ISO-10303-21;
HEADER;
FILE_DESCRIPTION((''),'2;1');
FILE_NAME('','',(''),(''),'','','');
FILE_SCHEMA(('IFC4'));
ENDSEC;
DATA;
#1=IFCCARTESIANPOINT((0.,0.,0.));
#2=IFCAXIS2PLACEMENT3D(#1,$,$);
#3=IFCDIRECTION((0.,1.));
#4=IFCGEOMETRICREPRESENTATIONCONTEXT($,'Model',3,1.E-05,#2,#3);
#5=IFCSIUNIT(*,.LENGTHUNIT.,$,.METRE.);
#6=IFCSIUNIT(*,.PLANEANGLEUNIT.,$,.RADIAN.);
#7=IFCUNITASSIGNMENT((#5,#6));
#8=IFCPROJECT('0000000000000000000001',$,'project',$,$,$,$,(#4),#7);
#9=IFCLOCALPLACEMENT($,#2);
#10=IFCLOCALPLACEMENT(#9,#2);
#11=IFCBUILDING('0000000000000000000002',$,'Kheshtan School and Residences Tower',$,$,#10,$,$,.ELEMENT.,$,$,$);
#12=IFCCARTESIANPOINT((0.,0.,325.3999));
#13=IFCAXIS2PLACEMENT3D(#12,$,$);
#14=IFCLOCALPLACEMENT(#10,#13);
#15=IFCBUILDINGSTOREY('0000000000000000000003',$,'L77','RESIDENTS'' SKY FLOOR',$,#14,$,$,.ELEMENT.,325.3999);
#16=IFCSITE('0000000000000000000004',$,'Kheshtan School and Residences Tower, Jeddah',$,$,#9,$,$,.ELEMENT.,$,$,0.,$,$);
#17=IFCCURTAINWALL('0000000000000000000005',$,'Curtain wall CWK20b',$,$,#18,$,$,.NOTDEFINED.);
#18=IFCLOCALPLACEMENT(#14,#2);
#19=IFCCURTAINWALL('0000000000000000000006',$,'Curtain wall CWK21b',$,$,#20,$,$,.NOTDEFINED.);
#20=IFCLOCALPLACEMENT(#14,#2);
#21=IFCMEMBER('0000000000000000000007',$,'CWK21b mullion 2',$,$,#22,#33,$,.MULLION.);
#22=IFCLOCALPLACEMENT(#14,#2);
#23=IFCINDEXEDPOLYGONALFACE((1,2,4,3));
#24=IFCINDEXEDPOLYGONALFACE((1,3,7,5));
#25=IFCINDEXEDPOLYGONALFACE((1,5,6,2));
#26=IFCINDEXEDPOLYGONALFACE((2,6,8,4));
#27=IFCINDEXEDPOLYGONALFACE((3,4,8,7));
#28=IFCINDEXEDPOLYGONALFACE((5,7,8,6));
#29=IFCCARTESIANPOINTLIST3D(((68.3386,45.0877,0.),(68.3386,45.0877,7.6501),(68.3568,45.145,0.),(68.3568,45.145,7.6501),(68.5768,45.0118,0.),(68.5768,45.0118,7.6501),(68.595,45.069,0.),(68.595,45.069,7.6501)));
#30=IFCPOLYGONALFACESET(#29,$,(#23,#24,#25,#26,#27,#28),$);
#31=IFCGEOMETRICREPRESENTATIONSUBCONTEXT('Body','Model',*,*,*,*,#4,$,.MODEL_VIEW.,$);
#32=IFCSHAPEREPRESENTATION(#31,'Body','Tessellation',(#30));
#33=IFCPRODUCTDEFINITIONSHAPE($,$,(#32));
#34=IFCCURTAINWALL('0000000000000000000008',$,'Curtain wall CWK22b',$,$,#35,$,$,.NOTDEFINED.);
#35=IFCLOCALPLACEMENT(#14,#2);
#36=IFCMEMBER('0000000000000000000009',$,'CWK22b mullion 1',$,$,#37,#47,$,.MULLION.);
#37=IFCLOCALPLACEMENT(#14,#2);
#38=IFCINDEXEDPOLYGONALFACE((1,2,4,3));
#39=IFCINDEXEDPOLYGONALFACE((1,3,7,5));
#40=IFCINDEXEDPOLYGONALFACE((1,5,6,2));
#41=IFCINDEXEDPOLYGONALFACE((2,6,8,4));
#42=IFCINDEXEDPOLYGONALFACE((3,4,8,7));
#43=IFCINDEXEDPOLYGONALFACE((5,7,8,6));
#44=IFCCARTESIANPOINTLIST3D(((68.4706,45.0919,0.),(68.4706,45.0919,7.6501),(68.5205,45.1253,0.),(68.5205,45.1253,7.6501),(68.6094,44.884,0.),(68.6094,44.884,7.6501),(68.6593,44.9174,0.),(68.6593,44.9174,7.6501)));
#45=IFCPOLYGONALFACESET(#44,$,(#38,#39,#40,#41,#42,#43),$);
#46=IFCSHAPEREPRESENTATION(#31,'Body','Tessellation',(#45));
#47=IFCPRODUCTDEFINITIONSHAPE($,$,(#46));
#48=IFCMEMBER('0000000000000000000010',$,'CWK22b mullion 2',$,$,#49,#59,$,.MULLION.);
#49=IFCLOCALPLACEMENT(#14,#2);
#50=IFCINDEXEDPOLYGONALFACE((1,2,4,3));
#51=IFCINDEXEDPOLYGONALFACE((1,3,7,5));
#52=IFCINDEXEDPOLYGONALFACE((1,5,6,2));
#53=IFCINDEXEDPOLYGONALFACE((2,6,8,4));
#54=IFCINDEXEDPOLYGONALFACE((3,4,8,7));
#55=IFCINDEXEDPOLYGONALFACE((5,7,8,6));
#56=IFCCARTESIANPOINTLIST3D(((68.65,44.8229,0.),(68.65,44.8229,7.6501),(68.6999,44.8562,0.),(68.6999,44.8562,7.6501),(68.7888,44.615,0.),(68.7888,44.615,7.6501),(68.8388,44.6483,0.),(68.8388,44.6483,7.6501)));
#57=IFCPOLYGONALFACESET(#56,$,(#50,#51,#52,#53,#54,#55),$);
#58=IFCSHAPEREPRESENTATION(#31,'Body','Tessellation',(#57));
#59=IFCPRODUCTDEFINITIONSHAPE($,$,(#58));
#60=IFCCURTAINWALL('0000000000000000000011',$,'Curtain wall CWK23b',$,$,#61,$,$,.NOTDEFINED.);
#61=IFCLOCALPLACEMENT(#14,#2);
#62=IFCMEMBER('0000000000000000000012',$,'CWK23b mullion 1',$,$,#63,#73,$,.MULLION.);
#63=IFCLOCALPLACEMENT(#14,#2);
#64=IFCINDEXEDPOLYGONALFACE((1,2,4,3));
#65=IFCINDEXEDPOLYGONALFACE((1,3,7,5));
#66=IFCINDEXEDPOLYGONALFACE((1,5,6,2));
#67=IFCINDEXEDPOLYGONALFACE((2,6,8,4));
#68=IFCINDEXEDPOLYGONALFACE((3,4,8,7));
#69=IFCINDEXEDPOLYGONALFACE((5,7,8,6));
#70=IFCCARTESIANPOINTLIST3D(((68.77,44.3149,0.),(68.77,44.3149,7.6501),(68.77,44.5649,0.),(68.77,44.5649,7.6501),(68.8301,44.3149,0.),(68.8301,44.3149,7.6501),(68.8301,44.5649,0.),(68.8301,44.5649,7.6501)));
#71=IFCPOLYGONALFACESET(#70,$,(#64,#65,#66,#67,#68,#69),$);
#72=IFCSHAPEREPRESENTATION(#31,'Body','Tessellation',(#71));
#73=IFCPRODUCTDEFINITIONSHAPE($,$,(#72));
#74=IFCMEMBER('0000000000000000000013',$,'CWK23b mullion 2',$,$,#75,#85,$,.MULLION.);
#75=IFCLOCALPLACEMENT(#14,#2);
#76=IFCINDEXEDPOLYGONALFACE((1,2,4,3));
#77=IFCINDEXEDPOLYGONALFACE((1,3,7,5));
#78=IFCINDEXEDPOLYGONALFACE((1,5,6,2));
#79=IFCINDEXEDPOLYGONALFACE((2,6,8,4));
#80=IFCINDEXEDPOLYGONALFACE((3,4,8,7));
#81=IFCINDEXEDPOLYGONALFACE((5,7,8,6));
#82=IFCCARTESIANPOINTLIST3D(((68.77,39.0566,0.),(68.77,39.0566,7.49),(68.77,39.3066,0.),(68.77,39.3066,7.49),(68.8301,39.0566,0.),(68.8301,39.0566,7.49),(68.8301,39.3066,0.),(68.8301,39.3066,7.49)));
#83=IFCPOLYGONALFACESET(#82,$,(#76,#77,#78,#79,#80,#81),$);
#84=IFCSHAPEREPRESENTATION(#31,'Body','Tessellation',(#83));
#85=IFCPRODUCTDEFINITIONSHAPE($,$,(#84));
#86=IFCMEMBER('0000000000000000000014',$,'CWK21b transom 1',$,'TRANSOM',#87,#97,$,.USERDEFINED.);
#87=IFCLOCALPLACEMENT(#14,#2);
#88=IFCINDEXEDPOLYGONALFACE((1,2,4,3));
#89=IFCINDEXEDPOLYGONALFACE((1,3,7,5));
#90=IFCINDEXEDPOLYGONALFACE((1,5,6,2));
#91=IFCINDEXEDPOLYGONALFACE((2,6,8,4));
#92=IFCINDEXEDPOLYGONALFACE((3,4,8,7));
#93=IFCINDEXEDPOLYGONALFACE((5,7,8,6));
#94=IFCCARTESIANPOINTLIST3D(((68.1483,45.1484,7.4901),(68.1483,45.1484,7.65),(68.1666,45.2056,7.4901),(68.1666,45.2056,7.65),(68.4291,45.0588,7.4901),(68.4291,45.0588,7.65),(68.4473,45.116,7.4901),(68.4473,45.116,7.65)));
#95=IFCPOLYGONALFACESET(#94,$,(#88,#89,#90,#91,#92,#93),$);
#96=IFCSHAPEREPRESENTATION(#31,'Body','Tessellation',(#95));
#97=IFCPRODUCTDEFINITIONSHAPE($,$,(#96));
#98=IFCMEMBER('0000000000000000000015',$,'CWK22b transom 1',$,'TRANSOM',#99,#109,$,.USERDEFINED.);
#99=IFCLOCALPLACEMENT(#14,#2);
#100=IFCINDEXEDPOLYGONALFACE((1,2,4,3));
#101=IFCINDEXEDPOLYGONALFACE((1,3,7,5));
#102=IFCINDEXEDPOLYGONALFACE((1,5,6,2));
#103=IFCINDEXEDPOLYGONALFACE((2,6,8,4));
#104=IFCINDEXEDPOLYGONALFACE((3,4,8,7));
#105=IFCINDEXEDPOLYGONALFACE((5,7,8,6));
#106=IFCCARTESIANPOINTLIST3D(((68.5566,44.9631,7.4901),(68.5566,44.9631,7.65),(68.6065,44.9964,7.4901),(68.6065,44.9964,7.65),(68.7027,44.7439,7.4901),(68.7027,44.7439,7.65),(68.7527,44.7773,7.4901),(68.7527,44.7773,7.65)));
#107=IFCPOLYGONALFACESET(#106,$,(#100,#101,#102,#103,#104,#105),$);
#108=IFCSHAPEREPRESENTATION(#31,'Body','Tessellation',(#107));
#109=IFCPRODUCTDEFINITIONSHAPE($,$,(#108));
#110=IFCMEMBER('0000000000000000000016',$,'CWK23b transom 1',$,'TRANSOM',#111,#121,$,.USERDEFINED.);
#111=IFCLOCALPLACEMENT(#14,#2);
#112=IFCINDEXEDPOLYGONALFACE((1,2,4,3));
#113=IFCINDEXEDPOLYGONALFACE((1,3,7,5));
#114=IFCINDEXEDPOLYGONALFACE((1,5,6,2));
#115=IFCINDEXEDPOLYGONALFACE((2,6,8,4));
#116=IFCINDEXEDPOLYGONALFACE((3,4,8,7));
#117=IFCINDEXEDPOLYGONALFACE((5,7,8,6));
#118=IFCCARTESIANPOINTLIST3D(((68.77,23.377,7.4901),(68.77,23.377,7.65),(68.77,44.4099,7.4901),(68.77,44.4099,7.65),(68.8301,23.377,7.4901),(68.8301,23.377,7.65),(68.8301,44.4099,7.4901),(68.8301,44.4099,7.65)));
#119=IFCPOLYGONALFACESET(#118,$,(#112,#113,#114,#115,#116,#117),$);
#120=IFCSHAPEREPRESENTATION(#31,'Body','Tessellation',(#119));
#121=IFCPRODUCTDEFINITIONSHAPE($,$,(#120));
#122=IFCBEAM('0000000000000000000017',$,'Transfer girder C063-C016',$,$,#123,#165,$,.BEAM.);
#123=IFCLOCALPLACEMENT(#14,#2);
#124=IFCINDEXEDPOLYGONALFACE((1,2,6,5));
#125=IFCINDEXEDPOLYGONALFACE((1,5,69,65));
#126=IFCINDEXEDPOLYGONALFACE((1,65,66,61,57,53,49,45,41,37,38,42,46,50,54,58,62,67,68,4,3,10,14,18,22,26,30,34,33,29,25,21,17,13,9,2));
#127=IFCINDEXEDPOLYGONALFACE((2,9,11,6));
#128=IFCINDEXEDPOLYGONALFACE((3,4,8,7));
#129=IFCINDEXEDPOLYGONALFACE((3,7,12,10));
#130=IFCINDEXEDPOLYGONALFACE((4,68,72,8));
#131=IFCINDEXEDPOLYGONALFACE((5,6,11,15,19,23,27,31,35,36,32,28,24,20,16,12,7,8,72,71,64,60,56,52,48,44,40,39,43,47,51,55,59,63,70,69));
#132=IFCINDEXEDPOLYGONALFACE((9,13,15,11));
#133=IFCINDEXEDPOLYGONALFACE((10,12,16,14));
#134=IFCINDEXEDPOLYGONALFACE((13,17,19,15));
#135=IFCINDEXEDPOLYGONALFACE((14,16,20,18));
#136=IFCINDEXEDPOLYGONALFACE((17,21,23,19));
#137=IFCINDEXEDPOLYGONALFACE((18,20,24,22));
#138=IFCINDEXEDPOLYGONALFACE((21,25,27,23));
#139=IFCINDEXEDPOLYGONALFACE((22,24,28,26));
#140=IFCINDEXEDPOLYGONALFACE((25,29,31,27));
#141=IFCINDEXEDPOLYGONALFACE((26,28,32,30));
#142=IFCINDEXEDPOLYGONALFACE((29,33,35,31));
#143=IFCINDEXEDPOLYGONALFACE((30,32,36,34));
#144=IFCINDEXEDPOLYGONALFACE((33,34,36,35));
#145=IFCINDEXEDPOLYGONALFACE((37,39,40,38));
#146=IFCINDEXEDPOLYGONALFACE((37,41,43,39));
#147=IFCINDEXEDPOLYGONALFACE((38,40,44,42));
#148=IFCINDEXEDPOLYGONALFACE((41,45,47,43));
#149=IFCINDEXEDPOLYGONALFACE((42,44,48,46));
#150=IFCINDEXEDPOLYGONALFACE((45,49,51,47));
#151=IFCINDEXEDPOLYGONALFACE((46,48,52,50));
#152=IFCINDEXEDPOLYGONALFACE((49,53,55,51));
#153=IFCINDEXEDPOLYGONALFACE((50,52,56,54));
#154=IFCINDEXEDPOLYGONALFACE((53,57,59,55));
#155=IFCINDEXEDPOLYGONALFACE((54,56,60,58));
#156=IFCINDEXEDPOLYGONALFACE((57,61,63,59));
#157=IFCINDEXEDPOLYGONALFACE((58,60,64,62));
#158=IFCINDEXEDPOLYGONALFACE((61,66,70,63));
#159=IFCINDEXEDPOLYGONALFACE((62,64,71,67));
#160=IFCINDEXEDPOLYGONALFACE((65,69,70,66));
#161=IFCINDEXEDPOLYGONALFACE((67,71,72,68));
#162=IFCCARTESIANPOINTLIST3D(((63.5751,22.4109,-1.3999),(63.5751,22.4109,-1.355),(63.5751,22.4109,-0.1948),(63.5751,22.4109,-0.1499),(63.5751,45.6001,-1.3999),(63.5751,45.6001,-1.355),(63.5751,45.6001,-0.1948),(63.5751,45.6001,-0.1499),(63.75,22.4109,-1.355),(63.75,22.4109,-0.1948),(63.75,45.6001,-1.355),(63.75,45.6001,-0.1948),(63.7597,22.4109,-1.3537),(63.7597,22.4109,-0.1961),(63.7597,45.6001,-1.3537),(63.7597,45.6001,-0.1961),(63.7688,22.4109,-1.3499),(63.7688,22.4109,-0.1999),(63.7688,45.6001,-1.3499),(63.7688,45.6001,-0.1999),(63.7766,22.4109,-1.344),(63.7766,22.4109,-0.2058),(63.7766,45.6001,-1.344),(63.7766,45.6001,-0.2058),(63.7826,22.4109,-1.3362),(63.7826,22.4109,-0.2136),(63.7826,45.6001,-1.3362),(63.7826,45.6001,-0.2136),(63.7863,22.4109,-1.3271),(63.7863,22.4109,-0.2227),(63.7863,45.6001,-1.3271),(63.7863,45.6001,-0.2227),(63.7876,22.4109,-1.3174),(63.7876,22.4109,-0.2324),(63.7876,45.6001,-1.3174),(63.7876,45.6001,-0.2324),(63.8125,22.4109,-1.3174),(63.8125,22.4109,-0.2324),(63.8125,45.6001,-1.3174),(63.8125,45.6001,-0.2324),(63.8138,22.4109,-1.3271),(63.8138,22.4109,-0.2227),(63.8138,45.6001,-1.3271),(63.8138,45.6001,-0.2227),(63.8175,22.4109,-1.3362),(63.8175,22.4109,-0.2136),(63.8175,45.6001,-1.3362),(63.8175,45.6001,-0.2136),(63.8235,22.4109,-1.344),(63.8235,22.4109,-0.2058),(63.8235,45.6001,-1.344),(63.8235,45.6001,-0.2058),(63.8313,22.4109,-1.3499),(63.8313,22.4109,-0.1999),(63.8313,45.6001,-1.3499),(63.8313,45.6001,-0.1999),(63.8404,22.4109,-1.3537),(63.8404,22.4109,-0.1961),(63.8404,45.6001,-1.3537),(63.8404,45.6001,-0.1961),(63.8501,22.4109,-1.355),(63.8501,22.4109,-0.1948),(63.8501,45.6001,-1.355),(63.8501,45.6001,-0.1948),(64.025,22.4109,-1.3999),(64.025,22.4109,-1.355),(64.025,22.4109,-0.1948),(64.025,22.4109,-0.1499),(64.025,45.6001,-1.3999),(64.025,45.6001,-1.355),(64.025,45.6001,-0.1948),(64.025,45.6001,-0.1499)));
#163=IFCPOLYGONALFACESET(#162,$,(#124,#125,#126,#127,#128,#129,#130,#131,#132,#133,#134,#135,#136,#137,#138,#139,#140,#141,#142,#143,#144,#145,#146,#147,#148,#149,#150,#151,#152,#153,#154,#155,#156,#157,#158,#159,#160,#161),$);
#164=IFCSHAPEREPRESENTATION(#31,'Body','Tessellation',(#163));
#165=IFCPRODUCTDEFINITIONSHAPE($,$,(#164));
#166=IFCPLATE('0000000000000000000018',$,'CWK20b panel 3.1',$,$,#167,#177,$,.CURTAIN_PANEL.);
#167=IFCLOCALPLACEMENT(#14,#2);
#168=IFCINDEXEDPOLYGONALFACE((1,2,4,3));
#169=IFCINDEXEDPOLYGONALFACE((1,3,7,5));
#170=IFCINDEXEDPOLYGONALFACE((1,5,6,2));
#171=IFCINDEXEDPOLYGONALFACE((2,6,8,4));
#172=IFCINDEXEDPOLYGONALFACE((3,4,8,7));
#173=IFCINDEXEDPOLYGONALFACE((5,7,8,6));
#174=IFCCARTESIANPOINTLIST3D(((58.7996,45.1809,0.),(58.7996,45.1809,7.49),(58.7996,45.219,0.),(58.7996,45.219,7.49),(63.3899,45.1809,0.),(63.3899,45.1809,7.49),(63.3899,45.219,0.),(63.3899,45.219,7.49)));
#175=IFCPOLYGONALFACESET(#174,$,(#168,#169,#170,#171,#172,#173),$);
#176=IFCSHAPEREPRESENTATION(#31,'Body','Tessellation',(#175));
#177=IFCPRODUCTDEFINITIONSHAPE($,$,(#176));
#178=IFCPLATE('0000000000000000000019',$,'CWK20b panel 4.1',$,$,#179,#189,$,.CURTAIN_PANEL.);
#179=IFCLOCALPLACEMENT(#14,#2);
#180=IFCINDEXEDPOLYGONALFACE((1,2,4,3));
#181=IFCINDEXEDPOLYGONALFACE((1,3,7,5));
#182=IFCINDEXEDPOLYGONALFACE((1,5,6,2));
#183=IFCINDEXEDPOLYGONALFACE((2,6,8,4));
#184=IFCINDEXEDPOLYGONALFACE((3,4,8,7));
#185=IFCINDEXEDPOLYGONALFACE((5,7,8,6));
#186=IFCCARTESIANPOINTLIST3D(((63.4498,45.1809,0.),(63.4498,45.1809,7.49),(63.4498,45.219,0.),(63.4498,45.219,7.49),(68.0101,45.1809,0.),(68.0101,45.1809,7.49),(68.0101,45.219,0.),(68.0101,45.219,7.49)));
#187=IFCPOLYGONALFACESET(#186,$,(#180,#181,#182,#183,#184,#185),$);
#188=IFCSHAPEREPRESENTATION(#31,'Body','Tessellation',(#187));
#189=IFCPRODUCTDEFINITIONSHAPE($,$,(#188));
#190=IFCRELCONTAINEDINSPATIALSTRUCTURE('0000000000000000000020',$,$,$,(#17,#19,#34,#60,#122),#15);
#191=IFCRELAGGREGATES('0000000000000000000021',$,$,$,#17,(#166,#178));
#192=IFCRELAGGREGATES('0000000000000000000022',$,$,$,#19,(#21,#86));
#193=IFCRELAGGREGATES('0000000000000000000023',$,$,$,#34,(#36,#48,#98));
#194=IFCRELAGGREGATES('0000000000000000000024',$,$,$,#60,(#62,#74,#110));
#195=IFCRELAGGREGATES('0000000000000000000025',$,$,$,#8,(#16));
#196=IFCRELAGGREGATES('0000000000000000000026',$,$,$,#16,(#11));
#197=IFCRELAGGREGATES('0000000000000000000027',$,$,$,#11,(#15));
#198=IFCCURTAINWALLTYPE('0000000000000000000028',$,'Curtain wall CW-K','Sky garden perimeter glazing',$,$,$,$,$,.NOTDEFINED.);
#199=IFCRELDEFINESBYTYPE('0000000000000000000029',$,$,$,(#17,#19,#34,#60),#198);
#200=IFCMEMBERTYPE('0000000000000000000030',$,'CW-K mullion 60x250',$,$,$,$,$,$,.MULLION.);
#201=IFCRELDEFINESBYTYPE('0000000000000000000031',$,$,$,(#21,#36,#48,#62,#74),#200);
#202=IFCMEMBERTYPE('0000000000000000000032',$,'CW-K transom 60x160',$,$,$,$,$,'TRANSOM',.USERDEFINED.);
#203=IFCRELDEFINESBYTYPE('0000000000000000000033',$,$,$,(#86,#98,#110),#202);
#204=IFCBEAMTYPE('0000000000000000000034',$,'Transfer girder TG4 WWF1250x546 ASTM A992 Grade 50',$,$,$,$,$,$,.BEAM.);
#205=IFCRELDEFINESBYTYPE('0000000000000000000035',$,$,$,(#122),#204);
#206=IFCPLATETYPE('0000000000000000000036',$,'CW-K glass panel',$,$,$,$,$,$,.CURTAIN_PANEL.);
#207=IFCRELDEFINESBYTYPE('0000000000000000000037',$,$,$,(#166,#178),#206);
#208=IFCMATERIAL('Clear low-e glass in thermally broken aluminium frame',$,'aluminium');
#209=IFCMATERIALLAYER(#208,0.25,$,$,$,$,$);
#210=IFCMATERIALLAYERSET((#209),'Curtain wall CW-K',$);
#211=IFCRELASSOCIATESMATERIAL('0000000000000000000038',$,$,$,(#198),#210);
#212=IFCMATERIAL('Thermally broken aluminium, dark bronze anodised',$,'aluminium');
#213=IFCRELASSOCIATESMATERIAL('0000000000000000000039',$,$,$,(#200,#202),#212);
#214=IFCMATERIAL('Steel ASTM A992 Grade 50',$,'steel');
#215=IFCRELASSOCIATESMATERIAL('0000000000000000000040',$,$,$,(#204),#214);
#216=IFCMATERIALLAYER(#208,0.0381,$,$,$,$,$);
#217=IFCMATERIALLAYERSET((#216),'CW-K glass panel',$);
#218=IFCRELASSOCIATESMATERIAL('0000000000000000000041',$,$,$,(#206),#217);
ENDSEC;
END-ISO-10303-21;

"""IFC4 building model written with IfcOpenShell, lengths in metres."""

from ifc_helpers import new_model, si_unit, direction, frame, origin, origin_2d, place, context, subcontext, project, spatial, rectangle, i_section, extrude, material, layer, layer_set, material_profile, profile_set, type_object, element, aggregate, save


model = new_model("IFC4")

# Units and contexts
model_context = context("Model", 3, precision=1e-05, world=origin(), true_north=direction((0.0, 1.0)))
body_context = subcontext(model_context, "Body", "Model", "MODEL_VIEW")
ifc_project = project(units=[si_unit("LENGTHUNIT", "METRE"), si_unit("PLANEANGLEUNIT", "RADIAN")], contexts=[model_context])

# Site, building, storey
site_placement = place(None, origin())
site = spatial("IfcSite", under=ifc_project, at=site_placement, Name="Kheshtan School and Residences Tower, Jeddah", CompositionType="ELEMENT", RefElevation=0.0)
building_placement = place(site_placement, origin())
building = spatial("IfcBuilding", under=site, at=building_placement, Name="Kheshtan School and Residences Tower", CompositionType="ELEMENT")
storey_placement = place(building_placement, frame((0.0, 0.0, 325.3999)))
storey = spatial("IfcBuildingStorey", under=building, at=storey_placement, Name="L77", Description="RESIDENTS' SKY FLOOR", CompositionType="ELEMENT", Elevation=325.3999)

# Shared definitions
ifc_material_1 = material(Name="Steel ASTM A992 Grade 50", Category="steel")

# Curtain walls, members
ifc_material_2 = material(Name="Clear low-e glass in thermally broken aluminium frame", Category="aluminium")
ifc_layer_1 = layer(ifc_material_2, 0.25)
ifc_layer_set_1 = layer_set([ifc_layer_1], Name="Curtain wall CW-K")
curtain_wall_type = type_object("IfcCurtainWallType", Name="Curtain wall CW-K", Description="Sky garden perimeter glazing", PredefinedType="NOTDEFINED", material=ifc_layer_set_1)
curtain_wall_1_placement = place(storey_placement, origin())
curtain_wall_1 = element("IfcCurtainWall", 1, at=curtain_wall_1_placement, inside=storey, type_object=curtain_wall_type, Name="Curtain wall CWK20b", PredefinedType="NOTDEFINED")
ifc_material_3 = material(Name="Thermally broken aluminium, dark bronze anodised", Category="aluminium")
ifc_material_profile_1 = material_profile(ifc_material_3, rectangle(XDim=0.0601, YDim=0.25, at=origin_2d()), Name="CW-K mullion 60x250")
ifc_profile_set_1 = profile_set([ifc_material_profile_1], Name="Thermally broken aluminium, dark bronze anodised")
member_type_1 = type_object("IfcMemberType", Name="CW-K mullion 60x250", PredefinedType="MULLION", material=ifc_profile_set_1)
curtain_wall_2_placement = place(storey_placement, origin())
curtain_wall_2 = element("IfcCurtainWall", 2, at=curtain_wall_2_placement, inside=storey, type_object=curtain_wall_type, Name="Curtain wall CWK21b", PredefinedType="NOTDEFINED")
member_1_placement = place(storey_placement, frame((68.4668, 45.0784, 0.0), z_axis=(0.0, 0.0, 1.0), x_axis=(0.3039, 0.952704, 0.0)))
member_1 = element("IfcMember", 3, at=member_1_placement, type_object=member_type_1, Name="CWK21b mullion 2", PredefinedType="MULLION", context=body_context, shape_type="SweptSolid", body=[
    extrude(rectangle(XDim=0.0601, YDim=0.25, at=origin_2d()), origin(), (0.0, 0.0, 1.0), 7.6501),
])
curtain_wall_3_placement = place(storey_placement, origin())
curtain_wall_3 = element("IfcCurtainWall", 4, at=curtain_wall_3_placement, inside=storey, type_object=curtain_wall_type, Name="Curtain wall CWK22b", PredefinedType="NOTDEFINED")
member_2_placement = place(storey_placement, frame((68.5649, 45.0046, 0.0), z_axis=(0.0, 0.0, 1.0), x_axis=(0.831649, 0.555302, 0.0)))
member_2 = element("IfcMember", 5, at=member_2_placement, type_object=member_type_1, Name="CWK22b mullion 1", PredefinedType="MULLION", context=body_context, shape_type="SweptSolid", body=[
    extrude(rectangle(XDim=0.0601, YDim=0.25, at=origin_2d()), origin(), (0.0, 0.0, 1.0), 7.6501),
])
member_3_placement = place(storey_placement, frame((68.7444, 44.7356, 0.0), z_axis=(0.0, 0.0, 1.0), x_axis=(0.831649, 0.555302, 0.0)))
member_3 = element("IfcMember", 6, at=member_3_placement, type_object=member_type_1, Name="CWK22b mullion 2", PredefinedType="MULLION", context=body_context, shape_type="SweptSolid", body=[
    extrude(rectangle(XDim=0.0601, YDim=0.25, at=origin_2d()), origin(), (0.0, 0.0, 1.0), 7.6501),
])
curtain_wall_4_placement = place(storey_placement, origin())
curtain_wall_4 = element("IfcCurtainWall", 7, at=curtain_wall_4_placement, inside=storey, type_object=curtain_wall_type, Name="Curtain wall CWK23b", PredefinedType="NOTDEFINED")
member_4_placement = place(storey_placement, frame((68.8, 44.4399, 0.0), z_axis=(0.0, 0.0, 1.0), x_axis=(1.0, 0.0, 0.0)))
member_4 = element("IfcMember", 8, at=member_4_placement, type_object=member_type_1, Name="CWK23b mullion 1", PredefinedType="MULLION", context=body_context, shape_type="SweptSolid", body=[
    extrude(rectangle(XDim=0.0601, YDim=0.25, at=origin_2d()), origin(), (0.0, 0.0, 1.0), 7.6501),
])
member_5_placement = place(storey_placement, frame((68.8, 39.1816, 0.0), z_axis=(0.0, 0.0, 1.0), x_axis=(1.0, 0.0, 0.0)))
member_5 = element("IfcMember", 9, at=member_5_placement, type_object=member_type_1, Name="CWK23b mullion 2", PredefinedType="MULLION", context=body_context, shape_type="SweptSolid", body=[
    extrude(rectangle(XDim=0.0601, YDim=0.25, at=origin_2d()), origin(), (0.0, 0.0, 1.0), 7.49),
])

# Members
ifc_material_profile_2 = material_profile(ifc_material_3, rectangle(XDim=0.0601, YDim=0.1599, at=origin_2d()), Name="CW-K transom 60x160")
ifc_profile_set_2 = profile_set([ifc_material_profile_2], Name="Thermally broken aluminium, dark bronze anodised")
member_type_2 = type_object("IfcMemberType", Name="CW-K transom 60x160", ElementType="TRANSOM", PredefinedType="USERDEFINED", material=ifc_profile_set_2)
member_6_placement = place(storey_placement, frame((68.1575, 45.177, 7.5701), z_axis=(0.952664, -0.304024, 0.0), x_axis=(0.304024, 0.952664, 0.0)))
member_6 = element("IfcMember", 10, at=member_6_placement, type_object=member_type_2, Name="CWK21b transom 1", ObjectType="TRANSOM", PredefinedType="USERDEFINED", context=body_context, shape_type="SweptSolid", body=[
    extrude(rectangle(XDim=0.0601, YDim=0.1599, at=origin_2d()), origin(), (0.0, 0.0, 1.0), 0.2947),
])
member_7_placement = place(storey_placement, frame((68.5815, 44.9797, 7.5701), z_axis=(0.554914, -0.831908, 0.0), x_axis=(0.831908, 0.554914, 0.0)))
member_7 = element("IfcMember", 11, at=member_7_placement, type_object=member_type_2, Name="CWK22b transom 1", ObjectType="TRANSOM", PredefinedType="USERDEFINED", context=body_context, shape_type="SweptSolid", body=[
    extrude(rectangle(XDim=0.0601, YDim=0.1599, at=origin_2d()), origin(), (0.0, 0.0, 1.0), 0.2634),
])
member_8_placement = place(storey_placement, frame((68.8, 44.4099, 7.5701), z_axis=(0.0, -1.0, 0.0), x_axis=(1.0, 0.0, 0.0)))
member_8 = element("IfcMember", 12, at=member_8_placement, type_object=member_type_2, Name="CWK23b transom 1", ObjectType="TRANSOM", PredefinedType="USERDEFINED", context=body_context, shape_type="SweptSolid", body=[
    extrude(rectangle(XDim=0.0601, YDim=0.1599, at=origin_2d()), origin(), (0.0, 0.0, 1.0), 21.033),
])

# Beam
ifc_material_profile_3 = material_profile(ifc_material_1, i_section(OverallWidth=0.45, OverallDepth=1.25, WebThickness=0.0249, FlangeThickness=0.0449, FilletRadius=0.0376, at=origin_2d()), Name="WWF1250x546")
ifc_profile_set_3 = profile_set([ifc_material_profile_3], Name="Steel ASTM A992 Grade 50")
beam_type_1 = type_object("IfcBeamType", Name="Transfer girder TG4 WWF1250x546 ASTM A992 Grade 50", PredefinedType="BEAM", material=ifc_profile_set_3)
beam_1_placement = place(storey_placement, frame((63.8, 45.6001, -0.7749), z_axis=(0.0, -1.0, 0.0), x_axis=(1.0, 0.0, 0.0)))
element("IfcBeam", 13, at=beam_1_placement, inside=storey, type_object=beam_type_1, Name="Transfer girder C063-C016", PredefinedType="BEAM", context=body_context, shape_type="SweptSolid", body=[
    extrude(i_section(OverallWidth=0.45, OverallDepth=1.25, WebThickness=0.0249, FlangeThickness=0.0449, FilletRadius=0.0376, at=origin_2d()), origin(), (0.0, 0.0, 1.0), 23.1892),
])

# Plates
ifc_layer_2 = layer(ifc_material_2, 0.0381)
ifc_layer_set_2 = layer_set([ifc_layer_2], Name="CW-K glass panel")
plate_type = type_object("IfcPlateType", Name="CW-K glass panel", PredefinedType="CURTAIN_PANEL", material=ifc_layer_set_2)
plate_1_placement = place(storey_placement, frame((61.0947, 45.2, 0.0), z_axis=(0.0, 0.0, 1.0), x_axis=(1.0, 0.0, 0.0)))
plate_1 = element("IfcPlate", 14, at=plate_1_placement, type_object=plate_type, Name="CWK20b panel 3.1", PredefinedType="CURTAIN_PANEL", context=body_context, shape_type="SweptSolid", body=[
    extrude(rectangle(XDim=4.5903, YDim=0.0381, at=origin_2d()), origin(), (0.0, 0.0, 1.0), 7.49),
])
plate_2_placement = place(storey_placement, frame((65.73, 45.2, 0.0), z_axis=(0.0, 0.0, 1.0), x_axis=(1.0, 0.0, 0.0)))
plate_2 = element("IfcPlate", 15, at=plate_2_placement, type_object=plate_type, Name="CWK20b panel 4.1", PredefinedType="CURTAIN_PANEL", context=body_context, shape_type="SweptSolid", body=[
    extrude(rectangle(XDim=4.5603, YDim=0.0381, at=origin_2d()), origin(), (0.0, 0.0, 1.0), 7.49),
])
aggregate(curtain_wall_1, [plate_1, plate_2])
aggregate(curtain_wall_2, [member_1, member_6])
aggregate(curtain_wall_3, [member_2, member_3, member_7])
aggregate(curtain_wall_4, [member_4, member_5, member_8])

save(model, "model.ifc")
